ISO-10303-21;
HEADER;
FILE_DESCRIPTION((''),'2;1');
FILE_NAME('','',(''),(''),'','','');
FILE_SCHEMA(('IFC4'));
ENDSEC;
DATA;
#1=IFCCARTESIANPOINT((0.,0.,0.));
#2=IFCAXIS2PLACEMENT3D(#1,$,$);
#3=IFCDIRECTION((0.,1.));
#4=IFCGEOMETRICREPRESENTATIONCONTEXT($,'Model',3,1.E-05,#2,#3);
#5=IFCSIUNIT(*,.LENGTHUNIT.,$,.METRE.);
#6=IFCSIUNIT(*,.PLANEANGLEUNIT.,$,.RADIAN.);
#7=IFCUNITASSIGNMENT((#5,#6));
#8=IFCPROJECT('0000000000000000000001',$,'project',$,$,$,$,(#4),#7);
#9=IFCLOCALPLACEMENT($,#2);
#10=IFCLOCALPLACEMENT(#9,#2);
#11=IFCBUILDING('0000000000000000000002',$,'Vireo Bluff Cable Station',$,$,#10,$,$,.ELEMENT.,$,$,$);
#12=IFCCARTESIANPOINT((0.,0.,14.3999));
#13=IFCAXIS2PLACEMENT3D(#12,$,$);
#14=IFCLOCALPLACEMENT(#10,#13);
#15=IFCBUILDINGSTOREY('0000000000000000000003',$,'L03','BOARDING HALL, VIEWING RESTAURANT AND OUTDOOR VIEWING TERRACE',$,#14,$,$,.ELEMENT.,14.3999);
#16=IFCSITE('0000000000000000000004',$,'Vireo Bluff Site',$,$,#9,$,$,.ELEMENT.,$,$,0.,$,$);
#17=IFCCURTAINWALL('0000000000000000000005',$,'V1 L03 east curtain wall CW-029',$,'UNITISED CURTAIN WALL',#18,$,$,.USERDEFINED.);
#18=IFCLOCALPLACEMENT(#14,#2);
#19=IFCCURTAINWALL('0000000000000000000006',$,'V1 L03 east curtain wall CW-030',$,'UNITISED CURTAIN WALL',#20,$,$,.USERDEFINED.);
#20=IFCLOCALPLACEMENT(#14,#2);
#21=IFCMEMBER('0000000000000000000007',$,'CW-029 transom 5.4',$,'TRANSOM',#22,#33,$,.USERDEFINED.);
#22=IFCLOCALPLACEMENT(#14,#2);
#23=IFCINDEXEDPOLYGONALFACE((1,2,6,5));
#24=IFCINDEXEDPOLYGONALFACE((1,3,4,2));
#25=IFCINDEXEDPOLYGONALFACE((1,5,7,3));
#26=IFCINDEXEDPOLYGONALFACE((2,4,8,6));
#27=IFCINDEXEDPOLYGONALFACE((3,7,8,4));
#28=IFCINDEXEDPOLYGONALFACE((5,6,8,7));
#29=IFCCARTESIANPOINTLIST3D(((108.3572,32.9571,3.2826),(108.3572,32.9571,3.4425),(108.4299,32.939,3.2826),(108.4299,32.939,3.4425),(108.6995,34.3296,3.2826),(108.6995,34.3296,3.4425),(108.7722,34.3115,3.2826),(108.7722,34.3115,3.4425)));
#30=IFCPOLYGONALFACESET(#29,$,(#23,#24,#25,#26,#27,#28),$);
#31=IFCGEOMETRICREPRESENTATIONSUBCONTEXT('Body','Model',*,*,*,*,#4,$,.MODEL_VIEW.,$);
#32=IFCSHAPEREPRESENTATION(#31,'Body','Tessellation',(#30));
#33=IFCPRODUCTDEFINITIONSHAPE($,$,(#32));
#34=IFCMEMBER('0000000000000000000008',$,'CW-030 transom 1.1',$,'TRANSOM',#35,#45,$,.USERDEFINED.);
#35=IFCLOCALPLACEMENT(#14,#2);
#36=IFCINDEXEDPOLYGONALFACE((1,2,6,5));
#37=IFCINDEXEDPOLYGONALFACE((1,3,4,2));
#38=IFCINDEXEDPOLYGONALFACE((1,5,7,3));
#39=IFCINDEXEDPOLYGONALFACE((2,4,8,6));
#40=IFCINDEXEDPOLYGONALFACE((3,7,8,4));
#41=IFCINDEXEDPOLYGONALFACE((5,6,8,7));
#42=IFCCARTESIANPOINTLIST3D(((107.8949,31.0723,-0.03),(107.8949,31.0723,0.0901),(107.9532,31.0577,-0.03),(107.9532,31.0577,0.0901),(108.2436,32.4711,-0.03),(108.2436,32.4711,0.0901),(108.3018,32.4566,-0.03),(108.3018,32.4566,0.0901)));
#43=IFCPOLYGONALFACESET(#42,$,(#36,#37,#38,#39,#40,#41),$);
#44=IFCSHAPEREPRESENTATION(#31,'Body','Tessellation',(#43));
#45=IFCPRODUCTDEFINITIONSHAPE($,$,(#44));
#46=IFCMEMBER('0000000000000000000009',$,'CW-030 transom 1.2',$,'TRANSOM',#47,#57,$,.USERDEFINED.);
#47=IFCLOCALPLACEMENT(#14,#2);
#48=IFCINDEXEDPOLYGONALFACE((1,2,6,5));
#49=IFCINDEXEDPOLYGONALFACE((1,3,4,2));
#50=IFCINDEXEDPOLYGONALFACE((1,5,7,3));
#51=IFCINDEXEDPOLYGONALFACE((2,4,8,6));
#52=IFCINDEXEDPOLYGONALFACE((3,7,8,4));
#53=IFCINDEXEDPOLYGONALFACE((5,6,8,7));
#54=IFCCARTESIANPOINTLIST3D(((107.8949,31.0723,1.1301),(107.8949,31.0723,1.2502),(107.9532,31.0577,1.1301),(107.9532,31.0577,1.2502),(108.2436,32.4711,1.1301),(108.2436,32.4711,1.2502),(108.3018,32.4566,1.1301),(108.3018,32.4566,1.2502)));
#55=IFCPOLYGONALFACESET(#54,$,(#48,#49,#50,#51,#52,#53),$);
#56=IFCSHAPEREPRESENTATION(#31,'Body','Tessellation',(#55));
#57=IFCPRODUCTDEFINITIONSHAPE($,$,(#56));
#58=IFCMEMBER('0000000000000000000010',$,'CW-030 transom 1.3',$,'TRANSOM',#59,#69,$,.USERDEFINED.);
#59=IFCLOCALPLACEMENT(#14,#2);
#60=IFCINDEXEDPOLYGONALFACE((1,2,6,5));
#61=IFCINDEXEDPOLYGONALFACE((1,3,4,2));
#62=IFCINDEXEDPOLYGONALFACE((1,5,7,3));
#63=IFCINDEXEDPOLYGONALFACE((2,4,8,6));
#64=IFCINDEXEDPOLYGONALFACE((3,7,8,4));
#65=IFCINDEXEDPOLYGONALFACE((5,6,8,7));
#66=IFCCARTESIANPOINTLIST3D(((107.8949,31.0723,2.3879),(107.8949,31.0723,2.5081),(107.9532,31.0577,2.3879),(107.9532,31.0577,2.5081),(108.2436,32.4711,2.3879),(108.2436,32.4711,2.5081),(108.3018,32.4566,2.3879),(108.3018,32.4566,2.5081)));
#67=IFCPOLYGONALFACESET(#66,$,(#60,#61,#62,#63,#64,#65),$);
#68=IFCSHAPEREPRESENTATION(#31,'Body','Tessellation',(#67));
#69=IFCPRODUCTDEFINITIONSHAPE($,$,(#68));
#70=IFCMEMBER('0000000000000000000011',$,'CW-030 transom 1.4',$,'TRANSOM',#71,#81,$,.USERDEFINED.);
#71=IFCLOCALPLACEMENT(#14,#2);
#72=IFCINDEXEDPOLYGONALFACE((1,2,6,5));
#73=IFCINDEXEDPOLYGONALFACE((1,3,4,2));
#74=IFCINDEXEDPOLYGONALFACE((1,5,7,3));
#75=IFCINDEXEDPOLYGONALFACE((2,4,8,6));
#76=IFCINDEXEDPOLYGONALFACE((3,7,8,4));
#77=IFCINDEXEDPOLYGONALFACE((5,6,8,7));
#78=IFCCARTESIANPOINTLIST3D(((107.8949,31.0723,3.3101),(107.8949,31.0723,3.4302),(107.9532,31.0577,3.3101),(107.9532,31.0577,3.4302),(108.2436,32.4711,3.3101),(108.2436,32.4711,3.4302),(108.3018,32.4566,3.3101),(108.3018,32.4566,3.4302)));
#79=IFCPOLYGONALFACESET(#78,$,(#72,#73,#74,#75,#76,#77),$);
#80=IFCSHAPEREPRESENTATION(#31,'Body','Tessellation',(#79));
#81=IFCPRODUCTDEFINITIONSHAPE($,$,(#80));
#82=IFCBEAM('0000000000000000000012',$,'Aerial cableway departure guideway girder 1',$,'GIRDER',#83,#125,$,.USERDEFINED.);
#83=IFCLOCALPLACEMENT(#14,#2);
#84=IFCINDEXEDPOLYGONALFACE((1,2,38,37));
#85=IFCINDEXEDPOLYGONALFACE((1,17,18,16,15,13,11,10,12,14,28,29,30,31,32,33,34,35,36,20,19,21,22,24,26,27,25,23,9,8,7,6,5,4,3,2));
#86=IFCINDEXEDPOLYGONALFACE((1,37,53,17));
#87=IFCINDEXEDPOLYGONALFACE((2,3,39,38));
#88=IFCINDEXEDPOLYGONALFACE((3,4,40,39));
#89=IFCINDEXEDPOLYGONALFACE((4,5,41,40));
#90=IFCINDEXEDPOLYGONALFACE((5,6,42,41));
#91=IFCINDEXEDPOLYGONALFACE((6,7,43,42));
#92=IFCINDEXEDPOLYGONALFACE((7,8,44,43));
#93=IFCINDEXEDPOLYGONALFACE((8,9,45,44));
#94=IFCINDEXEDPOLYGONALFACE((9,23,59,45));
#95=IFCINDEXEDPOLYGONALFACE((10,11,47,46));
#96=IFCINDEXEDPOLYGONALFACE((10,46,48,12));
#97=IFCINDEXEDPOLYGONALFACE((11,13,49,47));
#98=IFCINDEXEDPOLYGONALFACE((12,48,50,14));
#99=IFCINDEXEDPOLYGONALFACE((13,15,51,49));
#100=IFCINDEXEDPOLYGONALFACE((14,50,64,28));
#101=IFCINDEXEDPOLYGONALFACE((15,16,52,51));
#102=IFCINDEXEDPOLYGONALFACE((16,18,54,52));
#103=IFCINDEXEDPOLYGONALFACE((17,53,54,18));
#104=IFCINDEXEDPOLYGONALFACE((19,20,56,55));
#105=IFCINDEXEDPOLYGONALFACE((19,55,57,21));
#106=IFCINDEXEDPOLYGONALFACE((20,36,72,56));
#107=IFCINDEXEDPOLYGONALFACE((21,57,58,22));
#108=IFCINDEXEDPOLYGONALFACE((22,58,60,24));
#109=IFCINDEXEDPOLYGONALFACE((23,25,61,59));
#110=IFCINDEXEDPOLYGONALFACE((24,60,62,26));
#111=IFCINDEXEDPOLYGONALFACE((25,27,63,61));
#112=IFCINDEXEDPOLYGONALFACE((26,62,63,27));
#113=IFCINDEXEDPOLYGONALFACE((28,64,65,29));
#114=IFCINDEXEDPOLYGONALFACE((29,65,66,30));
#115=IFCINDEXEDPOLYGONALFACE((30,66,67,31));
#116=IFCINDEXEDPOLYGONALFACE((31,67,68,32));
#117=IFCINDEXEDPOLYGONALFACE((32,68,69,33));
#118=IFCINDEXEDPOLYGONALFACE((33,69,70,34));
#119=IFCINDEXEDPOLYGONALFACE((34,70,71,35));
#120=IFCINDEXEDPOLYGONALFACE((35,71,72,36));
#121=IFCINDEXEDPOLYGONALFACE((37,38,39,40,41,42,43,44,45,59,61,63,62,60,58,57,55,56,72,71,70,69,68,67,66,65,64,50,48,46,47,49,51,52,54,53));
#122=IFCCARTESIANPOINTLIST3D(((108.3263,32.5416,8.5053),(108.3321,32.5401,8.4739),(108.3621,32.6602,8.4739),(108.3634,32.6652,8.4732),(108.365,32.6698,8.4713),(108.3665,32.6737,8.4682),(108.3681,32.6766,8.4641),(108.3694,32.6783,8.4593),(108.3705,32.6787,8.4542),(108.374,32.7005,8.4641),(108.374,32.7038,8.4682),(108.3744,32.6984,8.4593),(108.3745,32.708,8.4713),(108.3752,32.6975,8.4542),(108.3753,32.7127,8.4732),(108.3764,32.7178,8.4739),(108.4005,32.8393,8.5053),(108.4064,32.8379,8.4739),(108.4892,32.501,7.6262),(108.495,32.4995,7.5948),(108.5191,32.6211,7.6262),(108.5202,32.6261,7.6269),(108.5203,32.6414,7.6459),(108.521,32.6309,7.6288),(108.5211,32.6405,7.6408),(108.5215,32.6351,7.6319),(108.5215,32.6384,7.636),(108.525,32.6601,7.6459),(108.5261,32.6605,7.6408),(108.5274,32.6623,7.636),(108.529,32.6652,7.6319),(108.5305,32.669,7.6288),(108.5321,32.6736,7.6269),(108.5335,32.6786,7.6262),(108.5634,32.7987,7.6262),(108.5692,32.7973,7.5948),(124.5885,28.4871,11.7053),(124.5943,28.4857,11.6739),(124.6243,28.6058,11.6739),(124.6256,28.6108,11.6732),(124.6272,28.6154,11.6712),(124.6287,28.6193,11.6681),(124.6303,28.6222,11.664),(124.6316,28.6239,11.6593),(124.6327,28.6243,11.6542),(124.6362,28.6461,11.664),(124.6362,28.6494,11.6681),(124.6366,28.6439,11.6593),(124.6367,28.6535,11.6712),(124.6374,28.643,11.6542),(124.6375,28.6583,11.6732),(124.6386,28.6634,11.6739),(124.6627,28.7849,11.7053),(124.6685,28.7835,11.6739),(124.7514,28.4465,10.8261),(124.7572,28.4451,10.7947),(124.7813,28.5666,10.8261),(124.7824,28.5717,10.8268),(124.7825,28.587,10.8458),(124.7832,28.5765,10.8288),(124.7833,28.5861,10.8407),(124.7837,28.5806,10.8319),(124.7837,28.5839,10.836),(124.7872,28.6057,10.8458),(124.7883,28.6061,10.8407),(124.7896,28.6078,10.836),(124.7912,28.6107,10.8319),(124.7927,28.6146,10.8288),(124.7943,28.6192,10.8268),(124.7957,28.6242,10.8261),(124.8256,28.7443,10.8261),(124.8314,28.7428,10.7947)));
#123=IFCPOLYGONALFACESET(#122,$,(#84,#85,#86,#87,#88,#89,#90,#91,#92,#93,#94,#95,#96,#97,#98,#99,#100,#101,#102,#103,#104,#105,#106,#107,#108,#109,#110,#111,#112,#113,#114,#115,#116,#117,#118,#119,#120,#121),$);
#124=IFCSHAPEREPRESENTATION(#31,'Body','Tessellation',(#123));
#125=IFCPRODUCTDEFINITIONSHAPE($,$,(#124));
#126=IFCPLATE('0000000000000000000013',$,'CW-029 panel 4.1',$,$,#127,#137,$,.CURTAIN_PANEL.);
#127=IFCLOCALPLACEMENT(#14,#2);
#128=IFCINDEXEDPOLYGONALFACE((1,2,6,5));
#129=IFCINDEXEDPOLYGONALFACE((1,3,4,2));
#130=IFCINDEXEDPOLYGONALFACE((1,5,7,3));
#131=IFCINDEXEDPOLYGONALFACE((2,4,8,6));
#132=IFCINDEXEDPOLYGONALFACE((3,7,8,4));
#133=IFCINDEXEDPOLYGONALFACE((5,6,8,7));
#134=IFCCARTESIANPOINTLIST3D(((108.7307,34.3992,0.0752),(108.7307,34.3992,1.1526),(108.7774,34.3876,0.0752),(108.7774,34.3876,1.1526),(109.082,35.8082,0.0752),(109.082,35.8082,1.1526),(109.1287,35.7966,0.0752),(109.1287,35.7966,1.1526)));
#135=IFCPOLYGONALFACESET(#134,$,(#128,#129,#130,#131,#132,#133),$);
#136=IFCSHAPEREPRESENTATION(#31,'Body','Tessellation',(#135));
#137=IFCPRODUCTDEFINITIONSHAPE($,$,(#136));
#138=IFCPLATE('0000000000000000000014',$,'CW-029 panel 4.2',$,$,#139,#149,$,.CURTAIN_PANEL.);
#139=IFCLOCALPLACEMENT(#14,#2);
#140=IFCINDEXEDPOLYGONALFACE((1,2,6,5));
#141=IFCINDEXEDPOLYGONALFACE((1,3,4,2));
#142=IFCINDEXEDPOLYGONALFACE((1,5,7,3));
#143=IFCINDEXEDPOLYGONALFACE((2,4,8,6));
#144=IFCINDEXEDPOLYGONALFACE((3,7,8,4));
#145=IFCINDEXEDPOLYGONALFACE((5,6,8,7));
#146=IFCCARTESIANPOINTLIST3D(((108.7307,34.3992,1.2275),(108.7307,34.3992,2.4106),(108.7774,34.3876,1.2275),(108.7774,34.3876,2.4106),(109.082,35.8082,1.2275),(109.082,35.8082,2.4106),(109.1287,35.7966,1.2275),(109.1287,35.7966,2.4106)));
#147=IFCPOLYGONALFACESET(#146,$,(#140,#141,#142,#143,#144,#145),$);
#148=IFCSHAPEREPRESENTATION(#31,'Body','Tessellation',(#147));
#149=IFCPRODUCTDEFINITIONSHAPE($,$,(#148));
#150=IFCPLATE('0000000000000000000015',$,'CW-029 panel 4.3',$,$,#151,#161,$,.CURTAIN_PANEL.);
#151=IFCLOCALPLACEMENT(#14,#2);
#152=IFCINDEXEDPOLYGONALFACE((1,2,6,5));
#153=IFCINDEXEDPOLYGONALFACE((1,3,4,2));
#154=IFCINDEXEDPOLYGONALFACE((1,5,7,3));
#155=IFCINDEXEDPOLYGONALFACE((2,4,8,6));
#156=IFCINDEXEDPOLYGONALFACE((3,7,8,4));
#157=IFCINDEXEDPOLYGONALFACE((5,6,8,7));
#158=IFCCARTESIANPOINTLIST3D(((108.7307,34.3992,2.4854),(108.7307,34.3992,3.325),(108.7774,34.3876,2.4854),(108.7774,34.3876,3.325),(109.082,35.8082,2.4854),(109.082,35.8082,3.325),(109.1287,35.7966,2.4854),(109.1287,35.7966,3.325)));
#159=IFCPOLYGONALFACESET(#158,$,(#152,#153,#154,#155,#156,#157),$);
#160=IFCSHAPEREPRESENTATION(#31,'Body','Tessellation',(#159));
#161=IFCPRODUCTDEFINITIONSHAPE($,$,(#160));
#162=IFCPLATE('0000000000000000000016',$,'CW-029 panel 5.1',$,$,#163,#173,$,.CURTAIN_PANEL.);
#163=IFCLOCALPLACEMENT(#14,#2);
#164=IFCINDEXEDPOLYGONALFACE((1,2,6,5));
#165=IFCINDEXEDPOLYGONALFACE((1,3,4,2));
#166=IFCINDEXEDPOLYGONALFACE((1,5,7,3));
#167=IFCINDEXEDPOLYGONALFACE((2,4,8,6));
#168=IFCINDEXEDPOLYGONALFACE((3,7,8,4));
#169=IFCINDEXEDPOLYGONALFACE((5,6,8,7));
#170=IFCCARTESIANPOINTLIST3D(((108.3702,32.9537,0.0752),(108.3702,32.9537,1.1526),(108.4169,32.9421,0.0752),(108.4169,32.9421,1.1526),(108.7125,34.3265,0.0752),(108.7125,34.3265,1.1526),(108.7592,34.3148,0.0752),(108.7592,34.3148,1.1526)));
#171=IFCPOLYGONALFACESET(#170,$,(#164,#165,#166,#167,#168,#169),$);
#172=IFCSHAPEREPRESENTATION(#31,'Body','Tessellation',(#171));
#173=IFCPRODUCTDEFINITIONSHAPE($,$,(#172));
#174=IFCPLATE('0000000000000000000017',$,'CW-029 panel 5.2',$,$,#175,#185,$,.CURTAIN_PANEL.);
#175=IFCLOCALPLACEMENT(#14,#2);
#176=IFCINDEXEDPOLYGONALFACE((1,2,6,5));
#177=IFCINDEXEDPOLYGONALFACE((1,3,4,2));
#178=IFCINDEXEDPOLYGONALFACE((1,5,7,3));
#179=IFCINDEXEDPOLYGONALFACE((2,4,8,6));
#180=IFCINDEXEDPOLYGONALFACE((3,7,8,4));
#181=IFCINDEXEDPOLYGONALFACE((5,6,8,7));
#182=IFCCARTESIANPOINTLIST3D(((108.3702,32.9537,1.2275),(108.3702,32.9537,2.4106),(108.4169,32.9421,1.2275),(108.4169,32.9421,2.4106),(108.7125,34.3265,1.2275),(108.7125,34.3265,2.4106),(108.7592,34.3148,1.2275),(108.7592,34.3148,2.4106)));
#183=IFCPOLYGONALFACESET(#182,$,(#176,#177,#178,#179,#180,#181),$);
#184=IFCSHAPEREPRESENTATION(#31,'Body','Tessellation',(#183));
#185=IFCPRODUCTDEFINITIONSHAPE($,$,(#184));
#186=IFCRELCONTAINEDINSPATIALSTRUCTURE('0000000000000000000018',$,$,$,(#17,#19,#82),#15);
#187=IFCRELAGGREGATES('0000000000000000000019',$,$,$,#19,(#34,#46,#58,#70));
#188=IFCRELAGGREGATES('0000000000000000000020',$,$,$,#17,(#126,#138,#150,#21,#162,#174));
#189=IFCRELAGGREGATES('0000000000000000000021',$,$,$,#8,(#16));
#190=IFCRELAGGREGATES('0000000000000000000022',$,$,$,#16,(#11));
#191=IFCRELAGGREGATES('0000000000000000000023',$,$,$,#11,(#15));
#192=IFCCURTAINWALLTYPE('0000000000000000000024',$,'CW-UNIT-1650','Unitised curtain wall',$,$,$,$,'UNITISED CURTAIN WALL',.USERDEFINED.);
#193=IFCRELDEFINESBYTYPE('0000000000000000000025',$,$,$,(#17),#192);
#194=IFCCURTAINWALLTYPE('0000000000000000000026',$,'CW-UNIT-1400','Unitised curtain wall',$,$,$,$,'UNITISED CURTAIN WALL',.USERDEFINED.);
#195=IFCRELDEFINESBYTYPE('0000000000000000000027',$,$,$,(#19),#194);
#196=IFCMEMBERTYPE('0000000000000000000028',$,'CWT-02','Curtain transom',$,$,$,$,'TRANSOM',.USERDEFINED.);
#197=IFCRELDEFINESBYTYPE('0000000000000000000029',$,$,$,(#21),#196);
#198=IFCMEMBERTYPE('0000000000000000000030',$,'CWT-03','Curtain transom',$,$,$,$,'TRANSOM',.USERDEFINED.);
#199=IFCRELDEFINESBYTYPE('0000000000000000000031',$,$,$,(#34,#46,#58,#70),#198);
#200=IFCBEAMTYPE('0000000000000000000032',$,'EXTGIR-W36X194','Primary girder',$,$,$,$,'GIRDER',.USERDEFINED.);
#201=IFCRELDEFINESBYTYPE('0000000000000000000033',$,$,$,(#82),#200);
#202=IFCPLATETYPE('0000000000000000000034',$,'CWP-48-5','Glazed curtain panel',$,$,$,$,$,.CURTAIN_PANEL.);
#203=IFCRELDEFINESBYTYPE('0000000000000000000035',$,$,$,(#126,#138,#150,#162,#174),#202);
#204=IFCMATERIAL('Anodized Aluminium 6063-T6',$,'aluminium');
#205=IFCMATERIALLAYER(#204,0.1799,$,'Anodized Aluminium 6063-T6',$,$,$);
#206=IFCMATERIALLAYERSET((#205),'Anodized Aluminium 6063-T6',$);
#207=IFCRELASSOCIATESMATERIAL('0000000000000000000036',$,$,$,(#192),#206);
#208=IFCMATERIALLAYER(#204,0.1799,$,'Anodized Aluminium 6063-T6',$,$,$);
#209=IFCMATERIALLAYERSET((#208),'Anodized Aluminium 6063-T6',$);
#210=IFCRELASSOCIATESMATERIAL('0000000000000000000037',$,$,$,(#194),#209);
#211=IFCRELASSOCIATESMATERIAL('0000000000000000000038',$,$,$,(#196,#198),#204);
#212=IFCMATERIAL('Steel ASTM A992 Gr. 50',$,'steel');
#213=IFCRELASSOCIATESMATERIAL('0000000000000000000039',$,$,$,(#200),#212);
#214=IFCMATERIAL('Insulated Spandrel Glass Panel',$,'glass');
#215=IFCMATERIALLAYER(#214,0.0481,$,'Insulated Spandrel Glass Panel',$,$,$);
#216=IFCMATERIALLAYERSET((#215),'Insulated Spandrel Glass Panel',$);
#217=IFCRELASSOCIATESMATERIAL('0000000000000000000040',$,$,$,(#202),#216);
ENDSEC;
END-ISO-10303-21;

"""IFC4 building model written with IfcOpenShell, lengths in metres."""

from ifc_helpers import new_model, si_unit, direction, frame, origin, origin_2d, place, context, subcontext, project, spatial, rectangle, i_section, extrude, material, layer, layer_set, material_profile, profile_set, type_object, element, aggregate, save


model = new_model("IFC4")

# Units and contexts
model_context = context("Model", 3, precision=1e-05, world=origin(), true_north=direction((0.0, 1.0)))
body_context = subcontext(model_context, "Body", "Model", "MODEL_VIEW")
ifc_project = project(units=[si_unit("LENGTHUNIT", "METRE"), si_unit("PLANEANGLEUNIT", "RADIAN")], contexts=[model_context])

# Site, building, storey
site_placement = place(None, origin())
site = spatial("IfcSite", under=ifc_project, at=site_placement, Name="Vireo Bluff Site", CompositionType="ELEMENT", RefElevation=0.0)
building_placement = place(site_placement, origin())
building = spatial("IfcBuilding", under=site, at=building_placement, Name="Vireo Bluff Cable Station", CompositionType="ELEMENT")
storey_placement = place(building_placement, frame((0.0, 0.0, 14.3999)))
storey = spatial("IfcBuildingStorey", under=building, at=storey_placement, Name="L03", Description="BOARDING HALL, VIEWING RESTAURANT AND OUTDOOR VIEWING TERRACE", CompositionType="ELEMENT", Elevation=14.3999)

# Shared definitions
ifc_material_1 = material(Name="Steel ASTM A992 Gr. 50", Category="steel")

# Curtain wall
ifc_material_2 = material(Name="Anodized Aluminium 6063-T6", Category="aluminium")
ifc_layer_1 = layer(ifc_material_2, 0.1799, Name="Anodized Aluminium 6063-T6")
ifc_layer_set_1 = layer_set([ifc_layer_1], Name="Anodized Aluminium 6063-T6")
curtain_wall_type_1 = type_object("IfcCurtainWallType", Name="CW-UNIT-1650", Description="Unitised curtain wall", ElementType="UNITISED CURTAIN WALL", PredefinedType="USERDEFINED", material=ifc_layer_set_1)
curtain_wall_1_placement = place(storey_placement, origin())
curtain_wall_1 = element("IfcCurtainWall", 1, at=curtain_wall_1_placement, inside=storey, type_object=curtain_wall_type_1, Name="V1 L03 east curtain wall CW-029", ObjectType="UNITISED CURTAIN WALL", PredefinedType="USERDEFINED")

# Curtain wall
ifc_layer_2 = layer(ifc_material_2, 0.1799, Name="Anodized Aluminium 6063-T6")
ifc_layer_set_2 = layer_set([ifc_layer_2], Name="Anodized Aluminium 6063-T6")
curtain_wall_type_2 = type_object("IfcCurtainWallType", Name="CW-UNIT-1400", Description="Unitised curtain wall", ElementType="UNITISED CURTAIN WALL", PredefinedType="USERDEFINED", material=ifc_layer_set_2)
curtain_wall_2_placement = place(storey_placement, origin())
curtain_wall_2 = element("IfcCurtainWall", 2, at=curtain_wall_2_placement, inside=storey, type_object=curtain_wall_type_2, Name="V1 L03 east curtain wall CW-030", ObjectType="UNITISED CURTAIN WALL", PredefinedType="USERDEFINED")

# Members
ifc_material_profile_1 = material_profile(ifc_material_2, rectangle(XDim=0.075, YDim=0.1599, at=origin_2d()), Name="ALU-T-75X160")
ifc_profile_set_1 = profile_set([ifc_material_profile_1], Name="Anodized Aluminium 6063-T6")
member_type_1 = type_object("IfcMemberType", Name="CWT-02", Description="Curtain transom", ElementType="TRANSOM", PredefinedType="USERDEFINED", material=ifc_profile_set_1)
member_1_placement = place(storey_placement, frame((108.7358, 34.3206, 3.3625), z_axis=(-0.241967, -0.970284, 0.0), x_axis=(0.970284, -0.241967, 0.0)))
member_1 = element("IfcMember", 3, at=member_1_placement, type_object=member_type_1, Name="CW-029 transom 5.4", ObjectType="TRANSOM", PredefinedType="USERDEFINED", context=body_context, shape_type="SweptSolid", body=[
    extrude(rectangle(XDim=0.075, YDim=0.1599, at=origin_2d()), origin(), (0.0, 0.0, 1.0), 1.4146),
])
ifc_material_profile_2 = material_profile(ifc_material_2, rectangle(XDim=0.0601, YDim=0.1201, at=origin_2d()), Name="ALU-T-60X120")
ifc_profile_set_2 = profile_set([ifc_material_profile_2], Name="Anodized Aluminium 6063-T6")
member_type_2 = type_object("IfcMemberType", Name="CWT-03", Description="Curtain transom", ElementType="TRANSOM", PredefinedType="USERDEFINED", material=ifc_profile_set_2)
member_2_placement = place(storey_placement, frame((108.2727, 32.4639, 0.03), z_axis=(-0.241818, -0.970322, 0.0), x_axis=(0.970322, -0.241818, 0.0)))
member_2 = element("IfcMember", 4, at=member_2_placement, type_object=member_type_2, Name="CW-030 transom 1.1", ObjectType="TRANSOM", PredefinedType="USERDEFINED", context=body_context, shape_type="SweptSolid", body=[
    extrude(rectangle(XDim=0.0601, YDim=0.1201, at=origin_2d()), origin(), (0.0, 0.0, 1.0), 1.4417),
])
member_3_placement = place(storey_placement, frame((108.2727, 32.4639, 1.1902), z_axis=(-0.241818, -0.970322, 0.0), x_axis=(0.970322, -0.241818, 0.0)))
member_3 = element("IfcMember", 5, at=member_3_placement, type_object=member_type_2, Name="CW-030 transom 1.2", ObjectType="TRANSOM", PredefinedType="USERDEFINED", context=body_context, shape_type="SweptSolid", body=[
    extrude(rectangle(XDim=0.0601, YDim=0.1201, at=origin_2d()), origin(), (0.0, 0.0, 1.0), 1.4417),
])
member_4_placement = place(storey_placement, frame((108.2727, 32.4639, 2.448), z_axis=(-0.241818, -0.970322, 0.0), x_axis=(0.970322, -0.241818, 0.0)))
member_4 = element("IfcMember", 6, at=member_4_placement, type_object=member_type_2, Name="CW-030 transom 1.3", ObjectType="TRANSOM", PredefinedType="USERDEFINED", context=body_context, shape_type="SweptSolid", body=[
    extrude(rectangle(XDim=0.0601, YDim=0.1201, at=origin_2d()), origin(), (0.0, 0.0, 1.0), 1.4417),
])
member_5_placement = place(storey_placement, frame((108.2727, 32.4639, 3.3701), z_axis=(-0.241818, -0.970322, 0.0), x_axis=(0.970322, -0.241818, 0.0)))
member_5 = element("IfcMember", 7, at=member_5_placement, type_object=member_type_2, Name="CW-030 transom 1.4", ObjectType="TRANSOM", PredefinedType="USERDEFINED", context=body_context, shape_type="SweptSolid", body=[
    extrude(rectangle(XDim=0.0601, YDim=0.1201, at=origin_2d()), origin(), (0.0, 0.0, 1.0), 1.4417),
])
aggregate(curtain_wall_2, [member_2, member_3, member_4, member_5])

# Beam
ifc_material_profile_3 = material_profile(ifc_material_1, i_section(OverallWidth=0.3069, OverallDepth=0.927, WebThickness=0.0193, FlangeThickness=0.032, FilletRadius=0.02, at=origin_2d()), Name="W36X194")
ifc_profile_set_3 = profile_set([ifc_material_profile_3], Name="Steel ASTM A992 Gr. 50")
beam_type = type_object("IfcBeamType", Name="EXTGIR-W36X194", Description="Primary girder", ElementType="GIRDER", PredefinedType="USERDEFINED", material=ifc_profile_set_3)
beam_placement = place(storey_placement, frame((108.4478, 32.6694, 8.05), z_axis=(0.953082, -0.23762, 0.18754), x_axis=(0.241912, 0.970298, 0.0)))
element("IfcBeam", 8, at=beam_placement, inside=storey, type_object=beam_type, Name="Aerial cableway departure guideway girder 1", ObjectType="GIRDER", PredefinedType="USERDEFINED", context=body_context, shape_type="SweptSolid", body=[
    extrude(i_section(OverallWidth=0.3069, OverallDepth=0.927, WebThickness=0.0193, FlangeThickness=0.032, FilletRadius=0.02, at=origin_2d()), origin(), (0.0, 0.0, 1.0), 17.0627),
])

# Plates
ifc_material_3 = material(Name="Insulated Spandrel Glass Panel", Category="glass")
ifc_layer_3 = layer(ifc_material_3, 0.0481, Name="Insulated Spandrel Glass Panel")
ifc_layer_set_3 = layer_set([ifc_layer_3], Name="Insulated Spandrel Glass Panel")
plate_type_1 = type_object("IfcPlateType", Name="CWP-48-5", Description="Glazed curtain panel", PredefinedType="CURTAIN_PANEL", material=ifc_layer_set_3)
plate_1_placement = place(storey_placement, frame((108.9297, 35.0979, 0.0752), z_axis=(0.0, 0.0, 1.0), x_axis=(-0.241922, -0.970296, 0.0)))
plate_1 = element("IfcPlate", 9, at=plate_1_placement, type_object=plate_type_1, Name="CW-029 panel 4.1", PredefinedType="CURTAIN_PANEL", context=body_context, shape_type="SweptSolid", body=[
    extrude(rectangle(XDim=1.4521, YDim=0.0481, at=origin_2d()), origin(), (0.0, 0.0, 1.0), 1.0774),
])
plate_2_placement = place(storey_placement, frame((108.9297, 35.0979, 1.2275), z_axis=(0.0, 0.0, 1.0), x_axis=(-0.241922, -0.970296, 0.0)))
plate_2 = element("IfcPlate", 10, at=plate_2_placement, type_object=plate_type_1, Name="CW-029 panel 4.2", PredefinedType="CURTAIN_PANEL", context=body_context, shape_type="SweptSolid", body=[
    extrude(rectangle(XDim=1.4521, YDim=0.0481, at=origin_2d()), origin(), (0.0, 0.0, 1.0), 1.1831),
])
plate_3_placement = place(storey_placement, frame((108.9297, 35.0979, 2.4854), z_axis=(0.0, 0.0, 1.0), x_axis=(-0.241922, -0.970296, 0.0)))
plate_3 = element("IfcPlate", 11, at=plate_3_placement, type_object=plate_type_1, Name="CW-029 panel 4.3", PredefinedType="CURTAIN_PANEL", context=body_context, shape_type="SweptSolid", body=[
    extrude(rectangle(XDim=1.4521, YDim=0.0481, at=origin_2d()), origin(), (0.0, 0.0, 1.0), 0.8396),
])
plate_4_placement = place(storey_placement, frame((108.5647, 33.6343, 0.0752), z_axis=(0.0, 0.0, 1.0), x_axis=(-0.241922, -0.970296, 0.0)))
plate_4 = element("IfcPlate", 12, at=plate_4_placement, type_object=plate_type_1, Name="CW-029 panel 5.1", PredefinedType="CURTAIN_PANEL", context=body_context, shape_type="SweptSolid", body=[
    extrude(rectangle(XDim=1.4148, YDim=0.0481, at=origin_2d()), origin(), (0.0, 0.0, 1.0), 1.0774),
])
plate_5_placement = place(storey_placement, frame((108.5647, 33.6343, 1.2275), z_axis=(0.0, 0.0, 1.0), x_axis=(-0.241922, -0.970296, 0.0)))
plate_5 = element("IfcPlate", 13, at=plate_5_placement, type_object=plate_type_1, Name="CW-029 panel 5.2", PredefinedType="CURTAIN_PANEL", context=body_context, shape_type="SweptSolid", body=[
    extrude(rectangle(XDim=1.4148, YDim=0.0481, at=origin_2d()), origin(), (0.0, 0.0, 1.0), 1.1831),
])
aggregate(curtain_wall_1, [plate_1, plate_2, plate_3, member_1, plate_4, plate_5])

save(model, "model.ifc")
